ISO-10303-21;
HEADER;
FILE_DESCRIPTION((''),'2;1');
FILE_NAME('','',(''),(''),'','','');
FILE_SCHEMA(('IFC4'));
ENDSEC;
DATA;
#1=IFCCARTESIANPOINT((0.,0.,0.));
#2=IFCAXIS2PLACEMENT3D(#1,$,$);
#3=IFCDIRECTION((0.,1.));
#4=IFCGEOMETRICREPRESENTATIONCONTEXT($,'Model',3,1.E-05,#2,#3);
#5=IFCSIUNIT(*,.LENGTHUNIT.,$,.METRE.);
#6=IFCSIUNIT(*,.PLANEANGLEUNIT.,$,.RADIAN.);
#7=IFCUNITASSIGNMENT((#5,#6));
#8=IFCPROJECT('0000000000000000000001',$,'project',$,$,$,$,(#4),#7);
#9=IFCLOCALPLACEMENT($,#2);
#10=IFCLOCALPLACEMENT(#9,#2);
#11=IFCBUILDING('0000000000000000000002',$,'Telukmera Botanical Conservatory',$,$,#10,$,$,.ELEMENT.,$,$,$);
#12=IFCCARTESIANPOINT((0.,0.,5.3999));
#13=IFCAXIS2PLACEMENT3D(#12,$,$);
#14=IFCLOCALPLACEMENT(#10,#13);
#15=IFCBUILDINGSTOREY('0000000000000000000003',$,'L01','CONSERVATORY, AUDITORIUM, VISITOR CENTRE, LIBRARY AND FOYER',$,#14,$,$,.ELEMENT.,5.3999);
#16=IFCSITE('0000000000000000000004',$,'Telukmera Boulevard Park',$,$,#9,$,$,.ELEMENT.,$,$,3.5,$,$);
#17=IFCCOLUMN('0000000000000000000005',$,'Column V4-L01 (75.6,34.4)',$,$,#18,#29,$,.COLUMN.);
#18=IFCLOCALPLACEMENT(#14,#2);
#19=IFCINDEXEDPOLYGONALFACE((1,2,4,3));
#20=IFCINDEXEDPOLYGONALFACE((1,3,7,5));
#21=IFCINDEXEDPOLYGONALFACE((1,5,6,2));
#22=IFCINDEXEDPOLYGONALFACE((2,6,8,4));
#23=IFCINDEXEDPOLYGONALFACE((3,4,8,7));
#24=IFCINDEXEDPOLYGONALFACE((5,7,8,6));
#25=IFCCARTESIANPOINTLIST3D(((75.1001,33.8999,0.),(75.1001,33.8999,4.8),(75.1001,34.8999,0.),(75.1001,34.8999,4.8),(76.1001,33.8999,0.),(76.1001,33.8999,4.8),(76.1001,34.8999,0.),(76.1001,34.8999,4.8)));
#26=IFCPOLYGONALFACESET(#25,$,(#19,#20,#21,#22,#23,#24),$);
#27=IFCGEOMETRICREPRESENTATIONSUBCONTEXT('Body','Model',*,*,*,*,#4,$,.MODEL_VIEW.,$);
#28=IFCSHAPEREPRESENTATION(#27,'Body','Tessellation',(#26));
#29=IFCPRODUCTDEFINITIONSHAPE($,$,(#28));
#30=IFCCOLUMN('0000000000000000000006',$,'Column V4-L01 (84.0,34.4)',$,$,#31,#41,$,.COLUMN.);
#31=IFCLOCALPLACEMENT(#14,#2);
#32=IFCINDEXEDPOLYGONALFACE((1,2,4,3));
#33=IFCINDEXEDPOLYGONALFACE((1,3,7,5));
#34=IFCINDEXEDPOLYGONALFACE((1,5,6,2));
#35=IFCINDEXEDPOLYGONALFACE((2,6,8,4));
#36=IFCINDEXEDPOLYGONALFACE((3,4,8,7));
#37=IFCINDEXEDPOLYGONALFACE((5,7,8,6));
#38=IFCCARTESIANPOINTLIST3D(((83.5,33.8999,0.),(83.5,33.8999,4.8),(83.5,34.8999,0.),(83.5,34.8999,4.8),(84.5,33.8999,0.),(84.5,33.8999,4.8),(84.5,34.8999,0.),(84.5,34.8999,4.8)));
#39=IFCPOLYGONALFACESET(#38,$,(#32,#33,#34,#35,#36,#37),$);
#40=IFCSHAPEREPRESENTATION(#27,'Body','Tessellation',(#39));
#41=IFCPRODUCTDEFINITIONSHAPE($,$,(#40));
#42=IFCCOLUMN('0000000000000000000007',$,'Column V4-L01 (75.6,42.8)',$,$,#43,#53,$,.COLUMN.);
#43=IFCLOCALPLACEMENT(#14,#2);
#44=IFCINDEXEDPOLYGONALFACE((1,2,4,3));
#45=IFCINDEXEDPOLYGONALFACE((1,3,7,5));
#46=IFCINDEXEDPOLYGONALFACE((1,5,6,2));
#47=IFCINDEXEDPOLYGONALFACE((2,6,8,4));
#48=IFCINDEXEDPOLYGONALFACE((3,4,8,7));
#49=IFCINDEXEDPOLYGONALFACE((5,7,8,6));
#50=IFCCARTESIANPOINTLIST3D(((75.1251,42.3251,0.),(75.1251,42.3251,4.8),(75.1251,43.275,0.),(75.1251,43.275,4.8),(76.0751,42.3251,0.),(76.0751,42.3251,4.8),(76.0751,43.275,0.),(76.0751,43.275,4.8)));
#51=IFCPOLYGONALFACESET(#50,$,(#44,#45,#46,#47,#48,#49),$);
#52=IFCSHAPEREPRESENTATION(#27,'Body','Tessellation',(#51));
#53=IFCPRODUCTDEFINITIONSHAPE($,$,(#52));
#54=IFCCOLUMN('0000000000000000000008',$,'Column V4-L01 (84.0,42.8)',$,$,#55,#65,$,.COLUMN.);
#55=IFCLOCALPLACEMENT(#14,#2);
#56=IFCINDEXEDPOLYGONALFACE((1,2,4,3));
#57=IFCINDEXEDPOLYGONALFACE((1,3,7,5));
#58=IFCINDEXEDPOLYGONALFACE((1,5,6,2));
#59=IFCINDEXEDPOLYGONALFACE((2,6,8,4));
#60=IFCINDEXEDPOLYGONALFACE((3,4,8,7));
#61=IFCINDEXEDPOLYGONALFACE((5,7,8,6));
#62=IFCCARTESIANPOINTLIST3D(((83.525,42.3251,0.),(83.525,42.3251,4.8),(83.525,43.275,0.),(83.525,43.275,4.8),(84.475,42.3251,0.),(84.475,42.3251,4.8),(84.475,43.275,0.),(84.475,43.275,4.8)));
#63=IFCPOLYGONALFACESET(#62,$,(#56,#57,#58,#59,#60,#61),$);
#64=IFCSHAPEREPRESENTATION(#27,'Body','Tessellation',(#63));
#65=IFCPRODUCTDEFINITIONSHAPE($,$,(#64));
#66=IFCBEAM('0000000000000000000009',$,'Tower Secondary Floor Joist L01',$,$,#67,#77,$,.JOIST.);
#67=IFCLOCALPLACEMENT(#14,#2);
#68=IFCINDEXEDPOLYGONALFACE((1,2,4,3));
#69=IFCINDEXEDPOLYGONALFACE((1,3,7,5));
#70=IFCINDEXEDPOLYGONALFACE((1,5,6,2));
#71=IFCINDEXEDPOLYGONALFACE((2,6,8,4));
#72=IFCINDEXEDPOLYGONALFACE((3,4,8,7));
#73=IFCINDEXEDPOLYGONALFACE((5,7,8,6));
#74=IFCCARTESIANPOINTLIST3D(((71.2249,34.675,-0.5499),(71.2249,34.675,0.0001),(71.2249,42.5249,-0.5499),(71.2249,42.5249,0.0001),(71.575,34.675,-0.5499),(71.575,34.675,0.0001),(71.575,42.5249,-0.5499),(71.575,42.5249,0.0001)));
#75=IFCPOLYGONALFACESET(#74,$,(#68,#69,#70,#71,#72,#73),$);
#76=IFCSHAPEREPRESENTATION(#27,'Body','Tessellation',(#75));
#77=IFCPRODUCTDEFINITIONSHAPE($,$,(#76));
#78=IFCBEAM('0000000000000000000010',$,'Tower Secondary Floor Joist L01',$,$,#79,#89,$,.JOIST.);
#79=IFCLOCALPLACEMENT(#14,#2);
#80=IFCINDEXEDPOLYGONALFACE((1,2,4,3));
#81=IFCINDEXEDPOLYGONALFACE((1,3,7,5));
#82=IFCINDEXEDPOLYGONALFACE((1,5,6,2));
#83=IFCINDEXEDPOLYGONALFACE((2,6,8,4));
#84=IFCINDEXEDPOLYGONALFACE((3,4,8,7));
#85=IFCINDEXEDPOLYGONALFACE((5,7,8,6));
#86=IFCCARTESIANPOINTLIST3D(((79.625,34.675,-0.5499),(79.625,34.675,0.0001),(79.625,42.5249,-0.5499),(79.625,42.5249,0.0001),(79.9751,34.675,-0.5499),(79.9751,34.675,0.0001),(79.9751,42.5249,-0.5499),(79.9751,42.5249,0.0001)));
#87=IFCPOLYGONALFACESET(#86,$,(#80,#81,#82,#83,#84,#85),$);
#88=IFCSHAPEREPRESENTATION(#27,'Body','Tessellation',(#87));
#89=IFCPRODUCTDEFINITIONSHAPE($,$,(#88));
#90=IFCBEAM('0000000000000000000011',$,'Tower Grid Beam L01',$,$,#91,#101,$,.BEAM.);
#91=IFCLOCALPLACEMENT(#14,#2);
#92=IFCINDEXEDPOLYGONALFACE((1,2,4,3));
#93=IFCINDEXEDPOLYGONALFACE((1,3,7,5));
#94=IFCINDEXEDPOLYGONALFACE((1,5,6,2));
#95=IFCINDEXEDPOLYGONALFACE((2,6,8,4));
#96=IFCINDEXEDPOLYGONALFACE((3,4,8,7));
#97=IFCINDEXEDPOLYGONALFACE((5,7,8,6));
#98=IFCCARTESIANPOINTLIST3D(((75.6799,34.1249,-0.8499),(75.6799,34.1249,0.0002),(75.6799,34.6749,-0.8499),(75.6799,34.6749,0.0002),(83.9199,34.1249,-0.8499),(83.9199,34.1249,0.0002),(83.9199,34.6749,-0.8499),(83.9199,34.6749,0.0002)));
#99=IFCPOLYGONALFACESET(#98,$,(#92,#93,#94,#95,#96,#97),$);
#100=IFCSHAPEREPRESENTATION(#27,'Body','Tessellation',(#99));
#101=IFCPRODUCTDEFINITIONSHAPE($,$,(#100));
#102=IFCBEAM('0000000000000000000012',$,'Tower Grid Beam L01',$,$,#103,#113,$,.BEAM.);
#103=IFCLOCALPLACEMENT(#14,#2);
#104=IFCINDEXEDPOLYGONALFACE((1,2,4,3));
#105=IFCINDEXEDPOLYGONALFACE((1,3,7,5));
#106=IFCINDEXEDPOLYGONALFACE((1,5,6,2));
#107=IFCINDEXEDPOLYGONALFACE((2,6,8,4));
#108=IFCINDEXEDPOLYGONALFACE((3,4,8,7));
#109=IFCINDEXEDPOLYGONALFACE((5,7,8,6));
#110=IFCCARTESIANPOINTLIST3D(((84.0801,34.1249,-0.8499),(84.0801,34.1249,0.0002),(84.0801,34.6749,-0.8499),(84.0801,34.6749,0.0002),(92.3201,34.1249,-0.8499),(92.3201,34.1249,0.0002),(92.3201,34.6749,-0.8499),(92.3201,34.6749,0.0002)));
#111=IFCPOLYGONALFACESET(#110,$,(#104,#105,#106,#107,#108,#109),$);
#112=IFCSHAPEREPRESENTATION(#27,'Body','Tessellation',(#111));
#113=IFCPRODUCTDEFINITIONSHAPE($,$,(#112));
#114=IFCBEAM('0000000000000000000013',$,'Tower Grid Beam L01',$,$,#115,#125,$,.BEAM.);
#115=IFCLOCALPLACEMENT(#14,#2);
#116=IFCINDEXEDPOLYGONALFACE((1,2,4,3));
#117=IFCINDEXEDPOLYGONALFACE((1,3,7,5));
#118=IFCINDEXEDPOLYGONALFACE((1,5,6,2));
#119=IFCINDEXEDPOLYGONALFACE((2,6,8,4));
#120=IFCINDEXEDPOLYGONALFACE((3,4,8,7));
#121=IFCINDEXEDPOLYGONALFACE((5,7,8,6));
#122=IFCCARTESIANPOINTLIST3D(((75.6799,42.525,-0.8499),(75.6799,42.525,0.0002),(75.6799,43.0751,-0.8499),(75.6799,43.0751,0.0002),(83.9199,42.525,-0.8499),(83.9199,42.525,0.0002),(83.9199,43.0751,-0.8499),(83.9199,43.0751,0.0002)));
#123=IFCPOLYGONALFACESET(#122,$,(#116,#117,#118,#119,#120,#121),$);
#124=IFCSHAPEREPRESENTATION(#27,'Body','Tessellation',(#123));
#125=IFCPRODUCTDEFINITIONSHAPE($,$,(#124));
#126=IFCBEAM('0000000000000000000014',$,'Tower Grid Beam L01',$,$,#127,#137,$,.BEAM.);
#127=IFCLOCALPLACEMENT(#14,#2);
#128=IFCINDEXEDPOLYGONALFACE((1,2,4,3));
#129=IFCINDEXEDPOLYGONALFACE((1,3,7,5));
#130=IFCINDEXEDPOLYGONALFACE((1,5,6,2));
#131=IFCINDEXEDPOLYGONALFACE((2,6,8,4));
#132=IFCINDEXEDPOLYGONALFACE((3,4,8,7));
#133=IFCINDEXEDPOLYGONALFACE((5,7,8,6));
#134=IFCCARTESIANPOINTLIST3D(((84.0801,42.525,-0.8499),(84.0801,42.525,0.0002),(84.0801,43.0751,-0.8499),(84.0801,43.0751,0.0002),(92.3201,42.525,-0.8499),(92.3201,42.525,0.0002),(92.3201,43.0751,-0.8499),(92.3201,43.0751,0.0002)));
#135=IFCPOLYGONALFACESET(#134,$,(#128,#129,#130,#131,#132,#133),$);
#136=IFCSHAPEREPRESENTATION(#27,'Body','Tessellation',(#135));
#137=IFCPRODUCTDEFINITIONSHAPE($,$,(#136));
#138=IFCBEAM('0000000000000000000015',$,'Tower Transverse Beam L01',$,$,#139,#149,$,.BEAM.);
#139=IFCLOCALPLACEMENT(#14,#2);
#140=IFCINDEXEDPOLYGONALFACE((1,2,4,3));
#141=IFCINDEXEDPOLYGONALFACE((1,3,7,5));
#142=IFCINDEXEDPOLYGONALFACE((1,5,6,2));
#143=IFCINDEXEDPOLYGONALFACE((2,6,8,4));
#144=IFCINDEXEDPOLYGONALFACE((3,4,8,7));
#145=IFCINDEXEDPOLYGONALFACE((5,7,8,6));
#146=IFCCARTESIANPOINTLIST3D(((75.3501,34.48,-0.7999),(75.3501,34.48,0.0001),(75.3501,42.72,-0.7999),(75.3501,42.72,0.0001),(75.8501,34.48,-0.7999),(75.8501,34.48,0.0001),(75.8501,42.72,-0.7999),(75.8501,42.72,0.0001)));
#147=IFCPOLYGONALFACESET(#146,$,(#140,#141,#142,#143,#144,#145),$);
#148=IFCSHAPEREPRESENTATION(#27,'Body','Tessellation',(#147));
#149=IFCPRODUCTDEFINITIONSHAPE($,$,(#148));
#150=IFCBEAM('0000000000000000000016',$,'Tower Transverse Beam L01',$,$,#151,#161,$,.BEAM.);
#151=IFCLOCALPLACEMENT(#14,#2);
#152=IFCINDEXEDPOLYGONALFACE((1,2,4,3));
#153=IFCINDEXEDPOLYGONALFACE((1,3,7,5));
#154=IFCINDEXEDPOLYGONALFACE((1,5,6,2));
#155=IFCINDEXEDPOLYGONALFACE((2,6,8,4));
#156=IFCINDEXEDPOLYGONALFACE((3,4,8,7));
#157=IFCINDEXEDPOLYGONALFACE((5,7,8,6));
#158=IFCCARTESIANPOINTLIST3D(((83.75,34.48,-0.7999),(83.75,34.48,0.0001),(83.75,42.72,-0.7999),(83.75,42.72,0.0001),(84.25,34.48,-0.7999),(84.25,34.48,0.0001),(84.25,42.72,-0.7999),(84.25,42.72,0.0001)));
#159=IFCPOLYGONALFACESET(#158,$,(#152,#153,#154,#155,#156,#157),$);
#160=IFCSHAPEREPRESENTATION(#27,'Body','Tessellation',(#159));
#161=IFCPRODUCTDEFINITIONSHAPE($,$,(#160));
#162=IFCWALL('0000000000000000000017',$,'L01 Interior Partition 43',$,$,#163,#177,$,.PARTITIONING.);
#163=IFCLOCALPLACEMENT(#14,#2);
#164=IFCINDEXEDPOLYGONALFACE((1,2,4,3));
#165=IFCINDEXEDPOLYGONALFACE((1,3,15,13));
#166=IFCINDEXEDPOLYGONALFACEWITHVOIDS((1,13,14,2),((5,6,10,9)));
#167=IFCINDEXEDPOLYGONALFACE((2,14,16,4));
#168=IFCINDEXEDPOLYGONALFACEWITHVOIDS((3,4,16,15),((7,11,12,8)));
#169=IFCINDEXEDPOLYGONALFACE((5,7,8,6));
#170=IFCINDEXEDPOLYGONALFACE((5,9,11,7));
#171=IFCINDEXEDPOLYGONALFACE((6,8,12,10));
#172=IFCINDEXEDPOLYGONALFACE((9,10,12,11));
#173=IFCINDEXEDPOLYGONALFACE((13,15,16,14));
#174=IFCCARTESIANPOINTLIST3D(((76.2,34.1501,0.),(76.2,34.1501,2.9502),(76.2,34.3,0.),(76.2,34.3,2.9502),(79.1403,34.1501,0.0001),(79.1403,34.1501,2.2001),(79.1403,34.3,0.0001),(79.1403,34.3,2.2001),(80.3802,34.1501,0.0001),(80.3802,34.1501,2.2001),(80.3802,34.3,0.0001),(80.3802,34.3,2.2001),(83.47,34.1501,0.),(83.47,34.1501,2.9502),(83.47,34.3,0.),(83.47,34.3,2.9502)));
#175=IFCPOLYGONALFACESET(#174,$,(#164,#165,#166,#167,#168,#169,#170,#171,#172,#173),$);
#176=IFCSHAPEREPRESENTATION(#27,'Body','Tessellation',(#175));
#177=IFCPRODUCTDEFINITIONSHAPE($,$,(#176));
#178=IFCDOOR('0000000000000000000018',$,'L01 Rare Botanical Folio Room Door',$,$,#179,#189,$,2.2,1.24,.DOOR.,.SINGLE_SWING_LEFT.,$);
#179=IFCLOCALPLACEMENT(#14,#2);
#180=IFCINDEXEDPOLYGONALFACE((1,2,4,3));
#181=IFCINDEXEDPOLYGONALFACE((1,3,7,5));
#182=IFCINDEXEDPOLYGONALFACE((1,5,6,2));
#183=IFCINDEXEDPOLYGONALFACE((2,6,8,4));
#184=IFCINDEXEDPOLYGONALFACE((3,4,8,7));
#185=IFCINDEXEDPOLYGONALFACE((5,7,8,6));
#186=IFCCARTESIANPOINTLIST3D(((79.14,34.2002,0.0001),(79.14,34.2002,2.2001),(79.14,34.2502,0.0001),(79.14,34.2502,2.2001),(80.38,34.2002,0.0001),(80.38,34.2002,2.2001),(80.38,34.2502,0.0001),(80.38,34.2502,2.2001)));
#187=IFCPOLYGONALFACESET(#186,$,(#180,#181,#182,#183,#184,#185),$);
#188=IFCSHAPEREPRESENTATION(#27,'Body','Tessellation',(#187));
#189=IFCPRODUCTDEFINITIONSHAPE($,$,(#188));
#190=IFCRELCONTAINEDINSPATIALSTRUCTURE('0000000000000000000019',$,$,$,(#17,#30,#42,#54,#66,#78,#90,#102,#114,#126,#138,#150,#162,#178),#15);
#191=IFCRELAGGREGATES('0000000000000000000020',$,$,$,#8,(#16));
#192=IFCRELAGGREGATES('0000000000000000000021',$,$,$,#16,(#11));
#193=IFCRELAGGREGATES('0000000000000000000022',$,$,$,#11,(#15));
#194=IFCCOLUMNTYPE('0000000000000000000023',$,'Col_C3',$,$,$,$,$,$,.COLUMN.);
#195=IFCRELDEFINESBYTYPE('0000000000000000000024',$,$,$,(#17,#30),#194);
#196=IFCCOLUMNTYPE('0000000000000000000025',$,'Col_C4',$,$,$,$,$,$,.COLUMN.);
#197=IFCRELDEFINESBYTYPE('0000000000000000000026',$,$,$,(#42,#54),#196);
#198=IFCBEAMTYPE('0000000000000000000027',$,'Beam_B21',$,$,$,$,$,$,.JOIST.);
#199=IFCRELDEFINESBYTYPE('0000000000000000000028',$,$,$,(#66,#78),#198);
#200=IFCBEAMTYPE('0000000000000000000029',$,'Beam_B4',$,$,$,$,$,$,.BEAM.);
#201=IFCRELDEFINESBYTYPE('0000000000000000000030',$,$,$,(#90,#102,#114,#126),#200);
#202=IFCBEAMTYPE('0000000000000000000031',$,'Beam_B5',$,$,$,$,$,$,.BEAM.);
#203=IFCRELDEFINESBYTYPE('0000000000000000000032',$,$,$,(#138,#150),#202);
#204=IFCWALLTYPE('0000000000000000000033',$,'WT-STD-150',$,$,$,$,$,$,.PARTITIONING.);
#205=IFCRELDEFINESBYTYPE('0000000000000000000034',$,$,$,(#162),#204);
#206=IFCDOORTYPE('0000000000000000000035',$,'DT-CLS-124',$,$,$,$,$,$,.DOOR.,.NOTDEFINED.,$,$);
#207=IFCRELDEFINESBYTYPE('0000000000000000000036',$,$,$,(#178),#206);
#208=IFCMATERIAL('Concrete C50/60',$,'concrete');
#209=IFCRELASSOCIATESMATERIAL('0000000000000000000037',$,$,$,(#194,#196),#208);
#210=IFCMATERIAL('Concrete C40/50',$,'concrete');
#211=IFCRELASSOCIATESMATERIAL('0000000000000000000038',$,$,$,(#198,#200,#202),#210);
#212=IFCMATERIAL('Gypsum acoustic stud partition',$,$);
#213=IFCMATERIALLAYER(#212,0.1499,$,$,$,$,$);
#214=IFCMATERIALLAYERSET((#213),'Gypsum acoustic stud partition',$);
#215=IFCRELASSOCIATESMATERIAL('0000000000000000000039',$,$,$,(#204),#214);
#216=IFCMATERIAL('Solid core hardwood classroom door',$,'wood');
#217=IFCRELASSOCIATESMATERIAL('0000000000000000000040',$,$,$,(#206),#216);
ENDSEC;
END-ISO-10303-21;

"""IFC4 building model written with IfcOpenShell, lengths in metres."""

from ifc_helpers import new_model, si_unit, direction, frame, frame_2d, origin, origin_2d, place, context, subcontext, project, spatial, rectangle, extrude, material, layer, layer_set, material_profile, profile_set, type_object, element, fill, save


model = new_model("IFC4")

# Units and contexts
model_context = context("Model", 3, precision=1e-05, world=origin(), true_north=direction((0.0, 1.0)))
body_context = subcontext(model_context, "Body", "Model", "MODEL_VIEW")
ifc_project = project(units=[si_unit("LENGTHUNIT", "METRE"), si_unit("PLANEANGLEUNIT", "RADIAN")], contexts=[model_context])

# Site, building, storey
site_placement = place(None, origin())
site = spatial("IfcSite", under=ifc_project, at=site_placement, Name="Telukmera Boulevard Park", CompositionType="ELEMENT", RefElevation=3.5)
building_placement = place(site_placement, origin())
building = spatial("IfcBuilding", under=site, at=building_placement, Name="Telukmera Botanical Conservatory", CompositionType="ELEMENT")
storey_placement = place(building_placement, frame((0.0, 0.0, 5.3999)))
storey = spatial("IfcBuildingStorey", under=building, at=storey_placement, Name="L01", Description="CONSERVATORY, AUDITORIUM, VISITOR CENTRE, LIBRARY AND FOYER", CompositionType="ELEMENT", Elevation=5.3999)

# Columns
ifc_material_1 = material(Name="Concrete C50/60", Category="concrete")
ifc_material_profile_1 = material_profile(ifc_material_1, rectangle(XDim=1.0, YDim=1.0, at=origin_2d()), Name="RC 1000x1000")
ifc_profile_set_1 = profile_set([ifc_material_profile_1], Name="Concrete C50/60")
column_type_1 = type_object("IfcColumnType", Name="Col_C3", PredefinedType="COLUMN", material=ifc_profile_set_1)
for number, where, z_axis, x_axis, name in (
    (1, (75.6001, 34.3999, 0.0), (0.0, 0.0, 1.0), (1.0, 0.0, 0.0), "Column V4-L01 (75.6,34.4)"),
    (2, (84.0, 34.3999, 0.0), (0.0, 0.0, 1.0), (1.0, 0.0, 0.0), "Column V4-L01 (84.0,34.4)"),
):
    element("IfcColumn", number, at=place(storey_placement, frame(where, z_axis=z_axis, x_axis=x_axis)), inside=storey, type_object=column_type_1, Name=name, PredefinedType="COLUMN", context=body_context, shape_type="SweptSolid", body=[
        extrude(rectangle(XDim=1.0, YDim=1.0, at=origin_2d()), origin(), (0.0, 0.0, 1.0), 4.8),
    ])
ifc_material_profile_2 = material_profile(ifc_material_1, rectangle(XDim=0.95, YDim=0.95, at=origin_2d()), Name="RC 950x950")
ifc_profile_set_2 = profile_set([ifc_material_profile_2], Name="Concrete C50/60")
column_type_2 = type_object("IfcColumnType", Name="Col_C4", PredefinedType="COLUMN", material=ifc_profile_set_2)
for number, where, z_axis, x_axis, name in (
    (3, (75.6001, 42.8, 0.0), (0.0, 0.0, 1.0), (1.0, 0.0, 0.0), "Column V4-L01 (75.6,42.8)"),
    (4, (84.0, 42.8, 0.0), (0.0, 0.0, 1.0), (1.0, 0.0, 0.0), "Column V4-L01 (84.0,42.8)"),
):
    element("IfcColumn", number, at=place(storey_placement, frame(where, z_axis=z_axis, x_axis=x_axis)), inside=storey, type_object=column_type_2, Name=name, PredefinedType="COLUMN", context=body_context, shape_type="SweptSolid", body=[
        extrude(rectangle(XDim=0.95, YDim=0.95, at=origin_2d()), origin(), (0.0, 0.0, 1.0), 4.8),
    ])

# Beams
ifc_material_2 = material(Name="Concrete C40/50", Category="concrete")
ifc_material_profile_3 = material_profile(ifc_material_2, rectangle(XDim=0.3501, YDim=0.55, at=origin_2d()), Name="RC 350x550")
ifc_profile_set_3 = profile_set([ifc_material_profile_3], Name="Concrete C40/50")
beam_type_1 = type_object("IfcBeamType", Name="Beam_B21", PredefinedType="JOIST", material=ifc_profile_set_3)
for number, where, z_axis, x_axis, name in (
    (5, (71.3999, 34.675, -0.2749), (0.0, 1.0, 0.0), (-1.0, 0.0, 0.0), "Tower Secondary Floor Joist L01"),
    (6, (79.8, 34.675, -0.2749), (0.0, 1.0, 0.0), (-1.0, 0.0, 0.0), "Tower Secondary Floor Joist L01"),
):
    element("IfcBeam", number, at=place(storey_placement, frame(where, z_axis=z_axis, x_axis=x_axis)), inside=storey, type_object=beam_type_1, Name=name, PredefinedType="JOIST", context=body_context, shape_type="SweptSolid", body=[
        extrude(rectangle(XDim=0.3501, YDim=0.55, at=origin_2d()), origin(), (0.0, 0.0, 1.0), 7.8499),
    ])
ifc_material_profile_4 = material_profile(ifc_material_2, rectangle(XDim=0.55, YDim=0.8501, at=origin_2d()), Name="RC 550x850")
ifc_profile_set_4 = profile_set([ifc_material_profile_4], Name="Concrete C40/50")
beam_type_2 = type_object("IfcBeamType", Name="Beam_B4", PredefinedType="BEAM", material=ifc_profile_set_4)
for number, where, z_axis, x_axis, name in (
    (7, (75.6799, 34.3999, -0.4248), (1.0, 0.0, 0.0), (0.0, 1.0, 0.0), "Tower Grid Beam L01"),
    (8, (84.0801, 34.3999, -0.4248), (1.0, 0.0, 0.0), (0.0, 1.0, 0.0), "Tower Grid Beam L01"),
    (9, (75.6799, 42.8, -0.4248), (1.0, 0.0, 0.0), (0.0, 1.0, 0.0), "Tower Grid Beam L01"),
    (10, (84.0801, 42.8, -0.4248), (1.0, 0.0, 0.0), (0.0, 1.0, 0.0), "Tower Grid Beam L01"),
):
    element("IfcBeam", number, at=place(storey_placement, frame(where, z_axis=z_axis, x_axis=x_axis)), inside=storey, type_object=beam_type_2, Name=name, PredefinedType="BEAM", context=body_context, shape_type="SweptSolid", body=[
        extrude(rectangle(XDim=0.55, YDim=0.8501, at=origin_2d()), origin(), (0.0, 0.0, 1.0), 8.24),
    ])
ifc_material_profile_5 = material_profile(ifc_material_2, rectangle(XDim=0.5, YDim=0.8, at=origin_2d()), Name="RC 500x800")
ifc_profile_set_5 = profile_set([ifc_material_profile_5], Name="Concrete C40/50")
beam_type_3 = type_object("IfcBeamType", Name="Beam_B5", PredefinedType="BEAM", material=ifc_profile_set_5)
for number, where, z_axis, x_axis, name in (
    (11, (75.6001, 34.48, -0.3999), (0.0, 1.0, 0.0), (-1.0, 0.0, 0.0), "Tower Transverse Beam L01"),
    (12, (84.0, 34.48, -0.3999), (0.0, 1.0, 0.0), (-1.0, 0.0, 0.0), "Tower Transverse Beam L01"),
):
    element("IfcBeam", number, at=place(storey_placement, frame(where, z_axis=z_axis, x_axis=x_axis)), inside=storey, type_object=beam_type_3, Name=name, PredefinedType="BEAM", context=body_context, shape_type="SweptSolid", body=[
        extrude(rectangle(XDim=0.5, YDim=0.8, at=origin_2d()), origin(), (0.0, 0.0, 1.0), 8.24),
    ])

# Wall, opening, door
ifc_material_3 = material(Name="Gypsum acoustic stud partition")
ifc_layer_1 = layer(ifc_material_3, 0.1499)
ifc_layer_set_1 = layer_set([ifc_layer_1], Name="Gypsum acoustic stud partition")
wall_type_1 = type_object("IfcWallType", Name="WT-STD-150", PredefinedType="PARTITIONING", material=ifc_layer_set_1)
wall_1_placement = place(storey_placement, frame((76.2, 34.2251, 0.0), z_axis=(0.0, 0.0, 1.0), x_axis=(1.0, 0.0, 0.0)))
wall_1 = element("IfcWall", 13, at=wall_1_placement, inside=storey, type_object=wall_type_1, Name="L01 Interior Partition 43", PredefinedType="PARTITIONING", context=body_context, shape_type="SweptSolid", body=[
    extrude(rectangle(XDim=7.27, YDim=0.1499, at=frame_2d((3.635, 0.0))), origin(), (0.0, 0.0, 1.0), 2.9502),
])
opening_1_placement = place(wall_1_placement, frame((2.9402, 0.0, 0.0)))
opening_1 = element("IfcOpeningElement", 14, at=opening_1_placement, cuts=wall_1, PredefinedType="OPENING", context=body_context, shape_type="SweptSolid", body=[
    extrude(rectangle(XDim=1.24, YDim=2.2, at=frame_2d((0.6201, 1.1001))), frame((0.0, 0.085, 0.0), z_axis=(0.0, -1.0, 0.0), x_axis=(1.0, 0.0, 0.0)), (0.0, 0.0, 1.0), 0.1699),
])
ifc_material_4 = material(Name="Solid core hardwood classroom door", Category="wood")
door_type_1 = type_object("IfcDoorType", Name="DT-CLS-124", OperationType="NOTDEFINED", PredefinedType="DOOR", material=ifc_material_4)
door_1_placement = place(opening_1_placement, frame((1.24, 0.0, 0.0), z_axis=(0.0, 0.0, 1.0), x_axis=(-1.0, 0.0, 0.0)))
door_1 = element("IfcDoor", 15, at=door_1_placement, inside=storey, type_object=door_type_1, Name="L01 Rare Botanical Folio Room Door", OperationType="SINGLE_SWING_LEFT", OverallHeight=2.2, OverallWidth=1.24, PredefinedType="DOOR", context=body_context, shape_type="SweptSolid", body=[
    extrude(rectangle(XDim=1.24, YDim=2.2, at=frame_2d((0.6201, 1.1001))), frame((0.0, 0.0249, 0.0), z_axis=(0.0, -1.0, 0.0), x_axis=(1.0, 0.0, 0.0)), (0.0, 0.0, 1.0), 0.05),
])
fill(opening_1, door_1)

save(model, "model.ifc")
